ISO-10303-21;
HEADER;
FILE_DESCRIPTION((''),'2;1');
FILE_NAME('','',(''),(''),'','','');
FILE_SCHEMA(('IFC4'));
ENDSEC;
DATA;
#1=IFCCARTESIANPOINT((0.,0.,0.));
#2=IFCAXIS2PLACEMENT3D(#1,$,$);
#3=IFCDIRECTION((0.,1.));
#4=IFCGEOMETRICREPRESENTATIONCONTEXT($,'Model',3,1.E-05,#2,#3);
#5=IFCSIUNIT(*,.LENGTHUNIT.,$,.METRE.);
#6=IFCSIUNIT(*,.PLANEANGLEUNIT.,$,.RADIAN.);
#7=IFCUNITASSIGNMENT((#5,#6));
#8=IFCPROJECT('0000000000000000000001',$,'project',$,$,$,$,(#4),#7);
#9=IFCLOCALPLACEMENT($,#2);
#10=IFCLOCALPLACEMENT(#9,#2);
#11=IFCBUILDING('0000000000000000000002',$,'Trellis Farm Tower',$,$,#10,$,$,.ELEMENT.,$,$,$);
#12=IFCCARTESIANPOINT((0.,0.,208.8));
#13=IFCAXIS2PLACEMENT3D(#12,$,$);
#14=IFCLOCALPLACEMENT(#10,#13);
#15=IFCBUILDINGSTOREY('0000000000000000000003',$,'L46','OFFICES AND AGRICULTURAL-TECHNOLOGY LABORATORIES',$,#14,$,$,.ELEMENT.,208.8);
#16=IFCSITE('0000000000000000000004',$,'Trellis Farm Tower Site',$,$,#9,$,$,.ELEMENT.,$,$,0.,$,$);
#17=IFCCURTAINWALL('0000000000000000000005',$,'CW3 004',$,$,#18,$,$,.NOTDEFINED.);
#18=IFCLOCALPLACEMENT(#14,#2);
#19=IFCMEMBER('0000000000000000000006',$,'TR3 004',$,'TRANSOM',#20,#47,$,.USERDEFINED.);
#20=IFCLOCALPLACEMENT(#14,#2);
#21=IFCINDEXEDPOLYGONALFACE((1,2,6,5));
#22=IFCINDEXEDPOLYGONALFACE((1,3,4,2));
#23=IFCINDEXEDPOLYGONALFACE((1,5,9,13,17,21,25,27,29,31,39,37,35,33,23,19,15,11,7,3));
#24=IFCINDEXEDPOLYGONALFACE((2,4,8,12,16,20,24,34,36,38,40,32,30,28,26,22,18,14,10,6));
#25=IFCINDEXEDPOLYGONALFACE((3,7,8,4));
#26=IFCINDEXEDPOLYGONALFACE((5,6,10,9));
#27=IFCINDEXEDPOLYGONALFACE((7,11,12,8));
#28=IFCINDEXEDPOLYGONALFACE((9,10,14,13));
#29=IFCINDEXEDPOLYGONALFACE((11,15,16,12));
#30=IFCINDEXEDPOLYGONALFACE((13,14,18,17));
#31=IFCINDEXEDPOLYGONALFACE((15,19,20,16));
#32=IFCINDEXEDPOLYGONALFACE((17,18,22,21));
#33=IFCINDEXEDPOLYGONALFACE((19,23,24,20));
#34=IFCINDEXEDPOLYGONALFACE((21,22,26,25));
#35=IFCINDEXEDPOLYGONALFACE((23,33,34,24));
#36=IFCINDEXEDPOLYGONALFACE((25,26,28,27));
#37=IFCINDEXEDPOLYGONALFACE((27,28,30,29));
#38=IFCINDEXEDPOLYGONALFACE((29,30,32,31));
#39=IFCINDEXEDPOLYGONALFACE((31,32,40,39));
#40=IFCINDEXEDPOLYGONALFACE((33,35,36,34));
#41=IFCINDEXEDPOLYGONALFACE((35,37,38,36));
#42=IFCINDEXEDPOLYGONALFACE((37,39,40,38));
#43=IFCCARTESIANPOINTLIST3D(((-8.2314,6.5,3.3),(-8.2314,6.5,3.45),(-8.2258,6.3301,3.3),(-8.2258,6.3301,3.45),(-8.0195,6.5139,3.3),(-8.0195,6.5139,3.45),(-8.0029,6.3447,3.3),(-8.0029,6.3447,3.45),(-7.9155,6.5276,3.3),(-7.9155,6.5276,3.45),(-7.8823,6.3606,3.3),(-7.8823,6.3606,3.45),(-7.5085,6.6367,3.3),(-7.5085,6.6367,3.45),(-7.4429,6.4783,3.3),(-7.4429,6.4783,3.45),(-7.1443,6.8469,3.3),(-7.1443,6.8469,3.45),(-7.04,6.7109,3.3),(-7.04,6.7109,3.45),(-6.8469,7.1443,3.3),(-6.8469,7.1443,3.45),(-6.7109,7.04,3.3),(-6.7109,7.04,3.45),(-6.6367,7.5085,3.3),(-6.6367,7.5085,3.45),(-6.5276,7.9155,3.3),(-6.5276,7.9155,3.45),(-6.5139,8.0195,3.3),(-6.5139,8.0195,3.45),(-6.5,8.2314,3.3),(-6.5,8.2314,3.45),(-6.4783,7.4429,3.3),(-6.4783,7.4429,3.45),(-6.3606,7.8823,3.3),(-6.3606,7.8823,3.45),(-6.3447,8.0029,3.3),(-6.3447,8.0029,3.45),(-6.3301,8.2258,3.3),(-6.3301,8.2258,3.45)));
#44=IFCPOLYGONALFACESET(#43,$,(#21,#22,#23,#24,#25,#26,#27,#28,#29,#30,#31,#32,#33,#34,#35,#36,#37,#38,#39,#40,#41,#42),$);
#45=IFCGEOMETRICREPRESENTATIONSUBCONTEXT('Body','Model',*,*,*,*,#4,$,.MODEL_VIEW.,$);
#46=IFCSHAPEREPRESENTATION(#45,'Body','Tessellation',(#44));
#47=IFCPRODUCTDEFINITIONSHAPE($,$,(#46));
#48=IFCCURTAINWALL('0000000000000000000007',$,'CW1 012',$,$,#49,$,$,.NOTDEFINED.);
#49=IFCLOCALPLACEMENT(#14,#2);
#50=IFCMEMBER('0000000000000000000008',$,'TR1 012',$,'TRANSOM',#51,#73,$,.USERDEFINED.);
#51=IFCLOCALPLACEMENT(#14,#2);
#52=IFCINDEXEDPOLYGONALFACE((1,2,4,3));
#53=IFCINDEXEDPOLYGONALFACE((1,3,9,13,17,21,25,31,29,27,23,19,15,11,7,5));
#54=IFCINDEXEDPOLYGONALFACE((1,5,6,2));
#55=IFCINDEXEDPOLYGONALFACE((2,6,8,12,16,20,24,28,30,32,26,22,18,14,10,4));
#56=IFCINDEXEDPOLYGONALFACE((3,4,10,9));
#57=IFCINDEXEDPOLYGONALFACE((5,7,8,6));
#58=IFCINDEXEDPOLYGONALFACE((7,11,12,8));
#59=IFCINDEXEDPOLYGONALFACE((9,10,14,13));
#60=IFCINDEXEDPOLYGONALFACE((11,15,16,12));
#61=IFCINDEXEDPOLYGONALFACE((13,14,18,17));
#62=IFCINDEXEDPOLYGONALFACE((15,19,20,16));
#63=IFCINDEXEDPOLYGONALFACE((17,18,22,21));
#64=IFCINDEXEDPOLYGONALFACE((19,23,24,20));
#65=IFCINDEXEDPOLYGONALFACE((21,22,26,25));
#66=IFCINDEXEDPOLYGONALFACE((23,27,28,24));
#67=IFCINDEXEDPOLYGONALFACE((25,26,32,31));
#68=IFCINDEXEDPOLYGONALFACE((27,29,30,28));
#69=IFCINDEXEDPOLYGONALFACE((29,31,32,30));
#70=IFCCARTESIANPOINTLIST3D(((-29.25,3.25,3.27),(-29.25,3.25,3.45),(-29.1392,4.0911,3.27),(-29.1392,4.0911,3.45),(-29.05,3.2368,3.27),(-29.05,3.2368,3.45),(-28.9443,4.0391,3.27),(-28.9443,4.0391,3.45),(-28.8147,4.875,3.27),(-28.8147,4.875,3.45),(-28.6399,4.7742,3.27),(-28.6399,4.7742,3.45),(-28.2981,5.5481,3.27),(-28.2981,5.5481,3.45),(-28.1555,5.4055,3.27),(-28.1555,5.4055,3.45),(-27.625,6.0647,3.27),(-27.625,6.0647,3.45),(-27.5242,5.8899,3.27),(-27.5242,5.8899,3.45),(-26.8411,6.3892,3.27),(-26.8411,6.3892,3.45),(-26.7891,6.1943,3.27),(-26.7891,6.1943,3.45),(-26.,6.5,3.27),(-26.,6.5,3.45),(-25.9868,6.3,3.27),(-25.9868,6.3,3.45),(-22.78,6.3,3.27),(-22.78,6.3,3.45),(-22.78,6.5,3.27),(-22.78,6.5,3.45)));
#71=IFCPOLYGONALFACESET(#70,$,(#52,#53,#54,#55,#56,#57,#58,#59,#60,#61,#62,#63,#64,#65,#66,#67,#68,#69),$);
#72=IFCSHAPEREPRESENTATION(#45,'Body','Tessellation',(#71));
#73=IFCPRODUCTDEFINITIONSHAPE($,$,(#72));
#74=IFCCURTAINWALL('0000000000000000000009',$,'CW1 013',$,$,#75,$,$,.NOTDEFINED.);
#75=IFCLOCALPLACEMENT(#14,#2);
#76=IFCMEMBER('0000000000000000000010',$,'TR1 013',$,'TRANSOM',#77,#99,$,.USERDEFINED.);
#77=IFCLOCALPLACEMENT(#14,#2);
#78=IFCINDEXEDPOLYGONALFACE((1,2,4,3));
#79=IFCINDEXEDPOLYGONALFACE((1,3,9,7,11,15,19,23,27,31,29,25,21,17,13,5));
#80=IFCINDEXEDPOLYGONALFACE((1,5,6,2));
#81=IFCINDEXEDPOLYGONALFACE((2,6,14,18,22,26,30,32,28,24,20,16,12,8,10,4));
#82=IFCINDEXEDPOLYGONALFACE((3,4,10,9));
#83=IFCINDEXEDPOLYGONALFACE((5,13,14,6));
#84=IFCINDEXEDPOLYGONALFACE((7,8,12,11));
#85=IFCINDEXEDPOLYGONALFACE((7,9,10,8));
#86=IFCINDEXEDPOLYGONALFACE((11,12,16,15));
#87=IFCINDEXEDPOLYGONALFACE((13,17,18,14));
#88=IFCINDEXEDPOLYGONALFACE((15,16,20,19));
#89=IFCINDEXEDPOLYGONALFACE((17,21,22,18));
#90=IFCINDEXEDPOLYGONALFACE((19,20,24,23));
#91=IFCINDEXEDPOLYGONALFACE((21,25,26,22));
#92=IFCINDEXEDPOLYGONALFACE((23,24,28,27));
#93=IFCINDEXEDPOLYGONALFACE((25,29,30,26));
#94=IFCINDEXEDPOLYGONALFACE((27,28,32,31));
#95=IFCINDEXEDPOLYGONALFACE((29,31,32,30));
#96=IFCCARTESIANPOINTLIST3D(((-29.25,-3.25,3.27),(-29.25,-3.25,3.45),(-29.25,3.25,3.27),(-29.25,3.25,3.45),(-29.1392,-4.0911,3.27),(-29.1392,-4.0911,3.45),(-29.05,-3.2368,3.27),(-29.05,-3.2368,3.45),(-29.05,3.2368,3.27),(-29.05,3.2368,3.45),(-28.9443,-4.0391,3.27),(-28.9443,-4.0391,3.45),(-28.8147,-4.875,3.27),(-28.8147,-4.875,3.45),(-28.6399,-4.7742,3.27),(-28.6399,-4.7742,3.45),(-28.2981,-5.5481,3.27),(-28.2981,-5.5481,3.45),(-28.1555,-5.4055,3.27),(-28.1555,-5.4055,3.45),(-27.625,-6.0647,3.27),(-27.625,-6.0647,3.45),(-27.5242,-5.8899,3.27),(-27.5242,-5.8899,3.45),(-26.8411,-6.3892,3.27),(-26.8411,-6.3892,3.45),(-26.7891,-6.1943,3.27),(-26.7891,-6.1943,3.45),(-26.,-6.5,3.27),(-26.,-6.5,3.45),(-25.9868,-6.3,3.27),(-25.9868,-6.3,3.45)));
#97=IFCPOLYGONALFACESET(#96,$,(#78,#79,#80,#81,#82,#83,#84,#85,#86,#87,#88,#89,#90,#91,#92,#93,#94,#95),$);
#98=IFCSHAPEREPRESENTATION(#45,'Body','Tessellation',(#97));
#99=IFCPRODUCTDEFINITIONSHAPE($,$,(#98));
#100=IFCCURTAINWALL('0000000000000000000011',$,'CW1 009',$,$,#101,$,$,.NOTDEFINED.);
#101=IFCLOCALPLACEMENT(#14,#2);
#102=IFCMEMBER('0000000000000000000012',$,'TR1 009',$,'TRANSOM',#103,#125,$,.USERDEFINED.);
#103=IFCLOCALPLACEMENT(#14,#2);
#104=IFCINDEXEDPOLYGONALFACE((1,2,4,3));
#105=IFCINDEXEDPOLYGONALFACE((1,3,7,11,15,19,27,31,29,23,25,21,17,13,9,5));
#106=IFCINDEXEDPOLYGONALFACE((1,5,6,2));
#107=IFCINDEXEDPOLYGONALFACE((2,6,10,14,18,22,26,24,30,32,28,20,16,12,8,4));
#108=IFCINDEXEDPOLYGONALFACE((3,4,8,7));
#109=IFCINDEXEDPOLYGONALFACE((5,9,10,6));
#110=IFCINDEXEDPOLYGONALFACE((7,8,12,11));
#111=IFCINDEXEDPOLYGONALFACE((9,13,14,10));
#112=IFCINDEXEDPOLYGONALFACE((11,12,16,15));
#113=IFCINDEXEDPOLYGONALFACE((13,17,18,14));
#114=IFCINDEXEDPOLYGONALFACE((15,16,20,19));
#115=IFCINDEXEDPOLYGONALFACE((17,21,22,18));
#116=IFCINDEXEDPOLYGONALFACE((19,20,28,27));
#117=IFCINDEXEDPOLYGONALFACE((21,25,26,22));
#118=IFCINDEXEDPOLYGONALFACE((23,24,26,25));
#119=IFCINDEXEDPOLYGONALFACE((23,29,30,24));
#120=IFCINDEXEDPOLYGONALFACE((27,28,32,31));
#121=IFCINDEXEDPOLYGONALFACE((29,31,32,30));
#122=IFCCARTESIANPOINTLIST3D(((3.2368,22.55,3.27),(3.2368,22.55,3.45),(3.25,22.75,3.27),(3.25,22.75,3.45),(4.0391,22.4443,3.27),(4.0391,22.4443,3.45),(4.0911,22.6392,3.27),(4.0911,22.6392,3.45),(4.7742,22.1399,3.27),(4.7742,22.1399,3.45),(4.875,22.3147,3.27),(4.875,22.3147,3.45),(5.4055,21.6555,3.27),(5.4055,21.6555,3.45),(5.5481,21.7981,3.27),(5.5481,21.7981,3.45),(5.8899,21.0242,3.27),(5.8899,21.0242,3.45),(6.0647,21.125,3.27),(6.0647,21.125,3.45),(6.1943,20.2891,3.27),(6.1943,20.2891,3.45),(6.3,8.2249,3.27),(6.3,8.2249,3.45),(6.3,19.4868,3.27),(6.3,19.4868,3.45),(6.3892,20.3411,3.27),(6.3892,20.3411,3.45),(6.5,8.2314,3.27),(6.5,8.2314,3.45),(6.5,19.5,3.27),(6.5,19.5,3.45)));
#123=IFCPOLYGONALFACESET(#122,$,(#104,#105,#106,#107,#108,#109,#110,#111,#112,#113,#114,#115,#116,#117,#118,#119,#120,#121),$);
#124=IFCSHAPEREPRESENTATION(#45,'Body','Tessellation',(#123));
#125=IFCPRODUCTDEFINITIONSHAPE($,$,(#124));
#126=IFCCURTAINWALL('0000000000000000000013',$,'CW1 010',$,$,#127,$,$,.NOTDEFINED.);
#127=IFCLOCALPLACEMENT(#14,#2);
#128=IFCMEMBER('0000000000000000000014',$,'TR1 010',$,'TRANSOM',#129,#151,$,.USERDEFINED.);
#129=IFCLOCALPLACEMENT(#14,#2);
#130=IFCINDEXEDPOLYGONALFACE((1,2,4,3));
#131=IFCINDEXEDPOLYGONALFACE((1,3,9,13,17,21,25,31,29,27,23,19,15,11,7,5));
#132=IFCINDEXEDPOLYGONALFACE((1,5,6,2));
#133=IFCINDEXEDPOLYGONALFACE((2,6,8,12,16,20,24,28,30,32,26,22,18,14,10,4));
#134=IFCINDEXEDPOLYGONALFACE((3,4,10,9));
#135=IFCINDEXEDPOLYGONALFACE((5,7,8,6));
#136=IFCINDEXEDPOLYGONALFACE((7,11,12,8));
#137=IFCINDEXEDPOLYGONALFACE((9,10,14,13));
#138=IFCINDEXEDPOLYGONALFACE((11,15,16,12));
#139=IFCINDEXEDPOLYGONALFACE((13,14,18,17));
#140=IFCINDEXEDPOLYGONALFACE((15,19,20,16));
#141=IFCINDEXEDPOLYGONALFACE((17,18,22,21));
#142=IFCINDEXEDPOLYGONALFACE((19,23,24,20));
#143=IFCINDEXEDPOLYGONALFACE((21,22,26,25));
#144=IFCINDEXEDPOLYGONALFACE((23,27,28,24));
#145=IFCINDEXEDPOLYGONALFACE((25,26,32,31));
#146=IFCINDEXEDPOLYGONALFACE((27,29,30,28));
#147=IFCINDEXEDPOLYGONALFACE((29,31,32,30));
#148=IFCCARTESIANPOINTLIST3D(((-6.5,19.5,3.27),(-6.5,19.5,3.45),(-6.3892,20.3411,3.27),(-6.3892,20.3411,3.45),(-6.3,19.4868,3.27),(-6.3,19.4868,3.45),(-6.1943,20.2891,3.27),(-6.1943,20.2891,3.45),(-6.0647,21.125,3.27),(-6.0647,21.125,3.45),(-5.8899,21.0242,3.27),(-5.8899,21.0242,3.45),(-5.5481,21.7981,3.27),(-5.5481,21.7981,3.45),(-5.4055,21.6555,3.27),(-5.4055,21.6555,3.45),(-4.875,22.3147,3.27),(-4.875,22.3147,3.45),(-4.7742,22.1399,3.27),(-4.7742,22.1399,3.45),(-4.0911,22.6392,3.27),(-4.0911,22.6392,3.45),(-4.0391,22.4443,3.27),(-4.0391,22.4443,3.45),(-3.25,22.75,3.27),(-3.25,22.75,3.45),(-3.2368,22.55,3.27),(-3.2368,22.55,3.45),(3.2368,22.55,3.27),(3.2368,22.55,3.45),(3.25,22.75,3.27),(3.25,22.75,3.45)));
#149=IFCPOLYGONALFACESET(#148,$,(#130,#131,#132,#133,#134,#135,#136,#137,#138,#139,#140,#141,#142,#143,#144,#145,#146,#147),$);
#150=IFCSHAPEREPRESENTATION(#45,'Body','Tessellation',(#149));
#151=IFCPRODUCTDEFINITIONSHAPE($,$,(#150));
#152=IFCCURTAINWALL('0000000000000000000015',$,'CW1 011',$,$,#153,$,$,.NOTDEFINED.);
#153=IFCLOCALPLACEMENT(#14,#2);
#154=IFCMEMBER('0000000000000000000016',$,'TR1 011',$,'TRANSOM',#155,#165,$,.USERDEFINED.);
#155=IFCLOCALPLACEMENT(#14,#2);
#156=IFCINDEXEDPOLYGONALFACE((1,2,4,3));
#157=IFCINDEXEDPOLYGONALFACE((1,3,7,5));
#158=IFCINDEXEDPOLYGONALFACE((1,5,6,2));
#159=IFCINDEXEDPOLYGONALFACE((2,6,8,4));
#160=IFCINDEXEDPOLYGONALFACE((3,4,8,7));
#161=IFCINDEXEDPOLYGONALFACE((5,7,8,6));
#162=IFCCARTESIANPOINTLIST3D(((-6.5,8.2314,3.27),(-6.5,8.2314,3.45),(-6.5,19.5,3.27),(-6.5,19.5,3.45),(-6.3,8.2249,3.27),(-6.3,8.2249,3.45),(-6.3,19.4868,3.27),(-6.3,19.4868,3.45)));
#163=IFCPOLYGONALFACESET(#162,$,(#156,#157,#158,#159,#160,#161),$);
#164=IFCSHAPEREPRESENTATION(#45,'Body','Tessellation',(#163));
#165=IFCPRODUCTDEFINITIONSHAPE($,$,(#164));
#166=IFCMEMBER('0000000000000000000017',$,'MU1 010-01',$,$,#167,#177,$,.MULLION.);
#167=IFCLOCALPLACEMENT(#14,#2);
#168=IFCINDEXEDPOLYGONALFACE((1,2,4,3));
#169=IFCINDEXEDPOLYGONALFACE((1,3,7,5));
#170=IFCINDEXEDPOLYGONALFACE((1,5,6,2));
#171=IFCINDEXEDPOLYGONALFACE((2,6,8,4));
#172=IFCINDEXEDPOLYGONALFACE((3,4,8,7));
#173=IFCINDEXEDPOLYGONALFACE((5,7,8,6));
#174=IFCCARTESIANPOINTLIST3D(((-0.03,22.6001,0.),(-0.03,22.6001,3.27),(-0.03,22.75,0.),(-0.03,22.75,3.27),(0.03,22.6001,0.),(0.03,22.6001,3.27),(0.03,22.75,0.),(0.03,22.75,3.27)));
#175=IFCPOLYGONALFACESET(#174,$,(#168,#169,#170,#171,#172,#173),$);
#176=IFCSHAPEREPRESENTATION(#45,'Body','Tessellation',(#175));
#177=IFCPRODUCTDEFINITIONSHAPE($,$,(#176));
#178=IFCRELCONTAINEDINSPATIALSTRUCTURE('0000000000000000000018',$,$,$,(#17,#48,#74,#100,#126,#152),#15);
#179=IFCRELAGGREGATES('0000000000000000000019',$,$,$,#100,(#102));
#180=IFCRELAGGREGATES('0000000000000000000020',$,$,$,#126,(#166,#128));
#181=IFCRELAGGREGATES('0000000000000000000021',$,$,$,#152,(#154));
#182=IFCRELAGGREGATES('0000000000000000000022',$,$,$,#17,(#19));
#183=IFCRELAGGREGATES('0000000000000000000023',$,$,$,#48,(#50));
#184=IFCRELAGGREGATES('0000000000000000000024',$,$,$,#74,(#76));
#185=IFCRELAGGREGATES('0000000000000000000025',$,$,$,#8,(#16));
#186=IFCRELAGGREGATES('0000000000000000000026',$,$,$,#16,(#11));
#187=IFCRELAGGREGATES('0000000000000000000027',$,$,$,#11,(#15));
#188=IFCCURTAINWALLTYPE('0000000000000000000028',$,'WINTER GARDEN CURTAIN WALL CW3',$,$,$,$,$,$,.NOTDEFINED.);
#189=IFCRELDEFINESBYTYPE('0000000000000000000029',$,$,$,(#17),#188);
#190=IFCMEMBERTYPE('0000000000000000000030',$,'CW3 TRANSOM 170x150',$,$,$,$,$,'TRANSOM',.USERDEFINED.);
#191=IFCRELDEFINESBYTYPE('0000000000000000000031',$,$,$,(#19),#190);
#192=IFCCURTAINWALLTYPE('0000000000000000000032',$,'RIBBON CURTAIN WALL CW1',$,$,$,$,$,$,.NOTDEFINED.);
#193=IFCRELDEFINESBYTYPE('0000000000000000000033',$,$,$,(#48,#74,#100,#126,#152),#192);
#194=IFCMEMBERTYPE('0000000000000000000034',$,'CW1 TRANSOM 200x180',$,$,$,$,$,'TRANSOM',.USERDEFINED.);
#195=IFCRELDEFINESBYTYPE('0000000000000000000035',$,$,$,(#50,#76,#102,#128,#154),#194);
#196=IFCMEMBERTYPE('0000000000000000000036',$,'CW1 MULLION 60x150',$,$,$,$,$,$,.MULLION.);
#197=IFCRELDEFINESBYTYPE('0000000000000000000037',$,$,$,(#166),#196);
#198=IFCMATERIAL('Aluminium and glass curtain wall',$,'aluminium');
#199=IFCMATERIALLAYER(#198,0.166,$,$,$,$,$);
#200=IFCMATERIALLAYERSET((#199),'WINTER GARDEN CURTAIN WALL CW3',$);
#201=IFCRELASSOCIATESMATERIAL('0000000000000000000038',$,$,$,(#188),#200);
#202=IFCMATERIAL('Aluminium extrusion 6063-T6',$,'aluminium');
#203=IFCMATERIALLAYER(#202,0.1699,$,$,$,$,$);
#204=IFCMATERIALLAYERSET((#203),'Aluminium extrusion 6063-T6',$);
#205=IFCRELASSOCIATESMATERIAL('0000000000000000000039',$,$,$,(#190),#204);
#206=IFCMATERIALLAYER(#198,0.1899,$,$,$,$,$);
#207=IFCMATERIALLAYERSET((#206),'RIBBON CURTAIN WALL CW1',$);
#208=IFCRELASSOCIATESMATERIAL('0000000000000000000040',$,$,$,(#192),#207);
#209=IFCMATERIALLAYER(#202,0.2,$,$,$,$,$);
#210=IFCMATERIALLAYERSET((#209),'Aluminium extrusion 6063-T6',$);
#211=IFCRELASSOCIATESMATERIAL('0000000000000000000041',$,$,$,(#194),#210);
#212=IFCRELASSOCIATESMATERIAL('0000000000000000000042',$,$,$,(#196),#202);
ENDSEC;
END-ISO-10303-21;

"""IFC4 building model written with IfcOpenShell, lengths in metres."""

from ifc_helpers import new_model, si_unit, direction, frame, origin, origin_2d, place, context, subcontext, project, spatial, polyline, rectangle, outline, extrude, source, transform, mapped, material, layer, layer_set, material_profile, profile_set, type_object, element, aggregate, save


model = new_model("IFC4")

# Units and contexts
model_context = context("Model", 3, precision=1e-05, world=origin(), true_north=direction((0.0, 1.0)))
body_context = subcontext(model_context, "Body", "Model", "MODEL_VIEW")
ifc_project = project(units=[si_unit("LENGTHUNIT", "METRE"), si_unit("PLANEANGLEUNIT", "RADIAN")], contexts=[model_context])

# Site, building, storey
site_placement = place(None, origin())
site = spatial("IfcSite", under=ifc_project, at=site_placement, Name="Trellis Farm Tower Site", CompositionType="ELEMENT", RefElevation=0.0)
building_placement = place(site_placement, origin())
building = spatial("IfcBuilding", under=site, at=building_placement, Name="Trellis Farm Tower", CompositionType="ELEMENT")
storey_placement = place(building_placement, frame((0.0, 0.0, 208.8)))
storey = spatial("IfcBuildingStorey", under=building, at=storey_placement, Name="L46", Description="OFFICES AND AGRICULTURAL-TECHNOLOGY LABORATORIES", CompositionType="ELEMENT", Elevation=208.8)

# Curtain walls, members
ifc_material_1 = material(Name="Aluminium and glass curtain wall", Category="aluminium")
ifc_layer_1 = layer(ifc_material_1, 0.166)
ifc_layer_set_1 = layer_set([ifc_layer_1], Name="WINTER GARDEN CURTAIN WALL CW3")
curtain_wall_type_1 = type_object("IfcCurtainWallType", Name="WINTER GARDEN CURTAIN WALL CW3", PredefinedType="NOTDEFINED", material=ifc_layer_set_1)
placement_1 = place(storey_placement, origin())
curtain_wall_1 = element("IfcCurtainWall", 1, at=placement_1, inside=storey, type_object=curtain_wall_type_1, Name="CW3 004", PredefinedType="NOTDEFINED")
ifc_material_2 = material(Name="Aluminium extrusion 6063-T6", Category="aluminium")
ifc_layer_2 = layer(ifc_material_2, 0.1699)
ifc_layer_set_2 = layer_set([ifc_layer_2], Name="Aluminium extrusion 6063-T6")
member_type_1 = type_object("IfcMemberType", Name="CW3 TRANSOM 170x150", ElementType="TRANSOM", PredefinedType="USERDEFINED", material=ifc_layer_set_2)
shared_shape_1 = source(origin(), body_context, "Body", "SweptSolid", [
    extrude(outline(polyline([(-6.5, 8.2314), (-6.5139, 8.0195), (-6.5276, 7.9155), (-6.6367, 7.5085), (-6.8469, 7.1443), (-7.1443, 6.8469), (-7.5085, 6.6367), (-7.9155, 6.5276), (-8.0195, 6.5139), (-8.2314, 6.5), (-8.2258, 6.3301), (-8.0029, 6.3447), (-7.8823, 6.3606), (-7.4429, 6.4783), (-7.04, 6.7109), (-6.7109, 7.04), (-6.4783, 7.4429), (-6.3606, 7.8823), (-6.3447, 8.0029), (-6.3301, 8.2258), (-6.5, 8.2314)])), origin(), (0.0, 0.0, 1.0), 0.1499),
])
member_1_placement = place(storey_placement, frame((0.0, 0.0, 3.3)))
member_1 = element("IfcMember", 2, at=member_1_placement, type_object=member_type_1, Name="TR3 004", ObjectType="TRANSOM", PredefinedType="USERDEFINED", context=body_context, shape_type="MappedRepresentation", body=[
    mapped(shared_shape_1, transform((0.0, 0.0, 0.0))),
])
ifc_layer_3 = layer(ifc_material_1, 0.1899)
ifc_layer_set_3 = layer_set([ifc_layer_3], Name="RIBBON CURTAIN WALL CW1")
curtain_wall_type_2 = type_object("IfcCurtainWallType", Name="RIBBON CURTAIN WALL CW1", PredefinedType="NOTDEFINED", material=ifc_layer_set_3)
curtain_wall_2 = element("IfcCurtainWall", 3, at=placement_1, inside=storey, type_object=curtain_wall_type_2, Name="CW1 012", PredefinedType="NOTDEFINED")
ifc_layer_4 = layer(ifc_material_2, 0.2)
ifc_layer_set_4 = layer_set([ifc_layer_4], Name="Aluminium extrusion 6063-T6")
member_type_2 = type_object("IfcMemberType", Name="CW1 TRANSOM 200x180", ElementType="TRANSOM", PredefinedType="USERDEFINED", material=ifc_layer_set_4)
shared_shape_2 = source(origin(), body_context, "Body", "SweptSolid", [
    extrude(outline(polyline([(-22.78, 6.5), (-26.0, 6.5), (-26.8411, 6.3892), (-27.625, 6.0647), (-28.2981, 5.5481), (-28.8147, 4.875), (-29.1392, 4.0911), (-29.25, 3.25), (-29.05, 3.2368), (-28.9443, 4.0391), (-28.6399, 4.7742), (-28.1555, 5.4055), (-27.5242, 5.8899), (-26.7891, 6.1943), (-25.9868, 6.3), (-22.78, 6.3), (-22.78, 6.5)])), origin(), (0.0, 0.0, 1.0), 0.1799),
])
placement_2 = place(storey_placement, frame((0.0, 0.0, 3.27)))
member_2 = element("IfcMember", 4, at=placement_2, type_object=member_type_2, Name="TR1 012", ObjectType="TRANSOM", PredefinedType="USERDEFINED", context=body_context, shape_type="MappedRepresentation", body=[
    mapped(shared_shape_2, transform((0.0, 0.0, 0.0))),
])
curtain_wall_3 = element("IfcCurtainWall", 5, at=placement_1, inside=storey, type_object=curtain_wall_type_2, Name="CW1 013", PredefinedType="NOTDEFINED")
shared_shape_3 = source(origin(), body_context, "Body", "SweptSolid", [
    extrude(outline(polyline([(-29.25, 3.25), (-29.25, -3.25), (-29.1392, -4.0911), (-28.8147, -4.875), (-28.2981, -5.5481), (-27.625, -6.0647), (-26.8411, -6.3892), (-26.0, -6.5), (-25.9868, -6.3), (-26.7891, -6.1943), (-27.5242, -5.8899), (-28.1555, -5.4055), (-28.6399, -4.7742), (-28.9443, -4.0391), (-29.05, -3.2368), (-29.05, 3.2368), (-29.25, 3.25)])), origin(), (0.0, 0.0, 1.0), 0.1799),
])
member_3 = element("IfcMember", 6, at=placement_2, type_object=member_type_2, Name="TR1 013", ObjectType="TRANSOM", PredefinedType="USERDEFINED", context=body_context, shape_type="MappedRepresentation", body=[
    mapped(shared_shape_3, transform((0.0, 0.0, 0.0))),
])
curtain_wall_4 = element("IfcCurtainWall", 7, at=placement_1, inside=storey, type_object=curtain_wall_type_2, Name="CW1 009", PredefinedType="NOTDEFINED")
shared_shape_4 = source(origin(), body_context, "Body", "SweptSolid", [
    extrude(outline(polyline([(6.5, 8.2314), (6.5, 19.5), (6.3892, 20.3411), (6.0647, 21.125), (5.5481, 21.7981), (4.875, 22.3147), (4.0911, 22.6392), (3.25, 22.75), (3.2368, 22.55), (4.0391, 22.4443), (4.7742, 22.1399), (5.4055, 21.6555), (5.8899, 21.0242), (6.1943, 20.2891), (6.3, 19.4868), (6.3, 8.2249), (6.5, 8.2314)])), origin(), (0.0, 0.0, 1.0), 0.1799),
])
member_4 = element("IfcMember", 8, at=placement_2, type_object=member_type_2, Name="TR1 009", ObjectType="TRANSOM", PredefinedType="USERDEFINED", context=body_context, shape_type="MappedRepresentation", body=[
    mapped(shared_shape_4, transform((0.0, 0.0, 0.0))),
])
aggregate(curtain_wall_4, [member_4])
curtain_wall_5 = element("IfcCurtainWall", 9, at=placement_1, inside=storey, type_object=curtain_wall_type_2, Name="CW1 010", PredefinedType="NOTDEFINED")
shared_shape_5 = source(origin(), body_context, "Body", "SweptSolid", [
    extrude(outline(polyline([(3.25, 22.75), (-3.25, 22.75), (-4.0911, 22.6392), (-4.875, 22.3147), (-5.5481, 21.7981), (-6.0647, 21.125), (-6.3892, 20.3411), (-6.5, 19.5), (-6.3, 19.4868), (-6.1943, 20.2891), (-5.8899, 21.0242), (-5.4055, 21.6555), (-4.7742, 22.1399), (-4.0391, 22.4443), (-3.2368, 22.55), (3.2368, 22.55), (3.25, 22.75)])), origin(), (0.0, 0.0, 1.0), 0.1799),
])
member_5 = element("IfcMember", 10, at=placement_2, type_object=member_type_2, Name="TR1 010", ObjectType="TRANSOM", PredefinedType="USERDEFINED", context=body_context, shape_type="MappedRepresentation", body=[
    mapped(shared_shape_5, transform((0.0, 0.0, 0.0))),
])
curtain_wall_6 = element("IfcCurtainWall", 11, at=placement_1, inside=storey, type_object=curtain_wall_type_2, Name="CW1 011", PredefinedType="NOTDEFINED")
shared_shape_6 = source(origin(), body_context, "Body", "SweptSolid", [
    extrude(outline(polyline([(-6.5, 19.5), (-6.5, 8.2314), (-6.3, 8.2249), (-6.3, 19.4868), (-6.5, 19.5)])), origin(), (0.0, 0.0, 1.0), 0.1799),
])
member_6 = element("IfcMember", 12, at=placement_2, type_object=member_type_2, Name="TR1 011", ObjectType="TRANSOM", PredefinedType="USERDEFINED", context=body_context, shape_type="MappedRepresentation", body=[
    mapped(shared_shape_6, transform((0.0, 0.0, 0.0))),
])

# Member
ifc_material_profile = material_profile(ifc_material_2, rectangle(XDim=0.0601, YDim=0.1499, at=origin_2d()), Name="MULLION 60x150")
ifc_profile_set = profile_set([ifc_material_profile], Name="Aluminium extrusion 6063-T6")
member_type_3 = type_object("IfcMemberType", Name="CW1 MULLION 60x150", PredefinedType="MULLION", material=ifc_profile_set)
shared_shape_7 = source(origin(), body_context, "Body", "SweptSolid", [
    extrude(rectangle(XDim=0.0601, YDim=0.1499, at=origin_2d()), origin(), (0.0, 0.0, 1.0), 3.27),
])
member_7_placement = place(storey_placement, frame((0.0, 22.675, 0.0), z_axis=(0.0, 0.0, 1.0), x_axis=(-1.0, 0.0, 0.0)))
member_7 = element("IfcMember", 13, at=member_7_placement, type_object=member_type_3, Name="MU1 010-01", PredefinedType="MULLION", context=body_context, shape_type="MappedRepresentation", body=[
    mapped(shared_shape_7, transform((0.0, 0.0, 0.0))),
])

aggregate(curtain_wall_5, [member_7, member_5])
aggregate(curtain_wall_6, [member_6])
aggregate(curtain_wall_1, [member_1])
aggregate(curtain_wall_2, [member_2])
aggregate(curtain_wall_3, [member_3])

save(model, "model.ifc")
